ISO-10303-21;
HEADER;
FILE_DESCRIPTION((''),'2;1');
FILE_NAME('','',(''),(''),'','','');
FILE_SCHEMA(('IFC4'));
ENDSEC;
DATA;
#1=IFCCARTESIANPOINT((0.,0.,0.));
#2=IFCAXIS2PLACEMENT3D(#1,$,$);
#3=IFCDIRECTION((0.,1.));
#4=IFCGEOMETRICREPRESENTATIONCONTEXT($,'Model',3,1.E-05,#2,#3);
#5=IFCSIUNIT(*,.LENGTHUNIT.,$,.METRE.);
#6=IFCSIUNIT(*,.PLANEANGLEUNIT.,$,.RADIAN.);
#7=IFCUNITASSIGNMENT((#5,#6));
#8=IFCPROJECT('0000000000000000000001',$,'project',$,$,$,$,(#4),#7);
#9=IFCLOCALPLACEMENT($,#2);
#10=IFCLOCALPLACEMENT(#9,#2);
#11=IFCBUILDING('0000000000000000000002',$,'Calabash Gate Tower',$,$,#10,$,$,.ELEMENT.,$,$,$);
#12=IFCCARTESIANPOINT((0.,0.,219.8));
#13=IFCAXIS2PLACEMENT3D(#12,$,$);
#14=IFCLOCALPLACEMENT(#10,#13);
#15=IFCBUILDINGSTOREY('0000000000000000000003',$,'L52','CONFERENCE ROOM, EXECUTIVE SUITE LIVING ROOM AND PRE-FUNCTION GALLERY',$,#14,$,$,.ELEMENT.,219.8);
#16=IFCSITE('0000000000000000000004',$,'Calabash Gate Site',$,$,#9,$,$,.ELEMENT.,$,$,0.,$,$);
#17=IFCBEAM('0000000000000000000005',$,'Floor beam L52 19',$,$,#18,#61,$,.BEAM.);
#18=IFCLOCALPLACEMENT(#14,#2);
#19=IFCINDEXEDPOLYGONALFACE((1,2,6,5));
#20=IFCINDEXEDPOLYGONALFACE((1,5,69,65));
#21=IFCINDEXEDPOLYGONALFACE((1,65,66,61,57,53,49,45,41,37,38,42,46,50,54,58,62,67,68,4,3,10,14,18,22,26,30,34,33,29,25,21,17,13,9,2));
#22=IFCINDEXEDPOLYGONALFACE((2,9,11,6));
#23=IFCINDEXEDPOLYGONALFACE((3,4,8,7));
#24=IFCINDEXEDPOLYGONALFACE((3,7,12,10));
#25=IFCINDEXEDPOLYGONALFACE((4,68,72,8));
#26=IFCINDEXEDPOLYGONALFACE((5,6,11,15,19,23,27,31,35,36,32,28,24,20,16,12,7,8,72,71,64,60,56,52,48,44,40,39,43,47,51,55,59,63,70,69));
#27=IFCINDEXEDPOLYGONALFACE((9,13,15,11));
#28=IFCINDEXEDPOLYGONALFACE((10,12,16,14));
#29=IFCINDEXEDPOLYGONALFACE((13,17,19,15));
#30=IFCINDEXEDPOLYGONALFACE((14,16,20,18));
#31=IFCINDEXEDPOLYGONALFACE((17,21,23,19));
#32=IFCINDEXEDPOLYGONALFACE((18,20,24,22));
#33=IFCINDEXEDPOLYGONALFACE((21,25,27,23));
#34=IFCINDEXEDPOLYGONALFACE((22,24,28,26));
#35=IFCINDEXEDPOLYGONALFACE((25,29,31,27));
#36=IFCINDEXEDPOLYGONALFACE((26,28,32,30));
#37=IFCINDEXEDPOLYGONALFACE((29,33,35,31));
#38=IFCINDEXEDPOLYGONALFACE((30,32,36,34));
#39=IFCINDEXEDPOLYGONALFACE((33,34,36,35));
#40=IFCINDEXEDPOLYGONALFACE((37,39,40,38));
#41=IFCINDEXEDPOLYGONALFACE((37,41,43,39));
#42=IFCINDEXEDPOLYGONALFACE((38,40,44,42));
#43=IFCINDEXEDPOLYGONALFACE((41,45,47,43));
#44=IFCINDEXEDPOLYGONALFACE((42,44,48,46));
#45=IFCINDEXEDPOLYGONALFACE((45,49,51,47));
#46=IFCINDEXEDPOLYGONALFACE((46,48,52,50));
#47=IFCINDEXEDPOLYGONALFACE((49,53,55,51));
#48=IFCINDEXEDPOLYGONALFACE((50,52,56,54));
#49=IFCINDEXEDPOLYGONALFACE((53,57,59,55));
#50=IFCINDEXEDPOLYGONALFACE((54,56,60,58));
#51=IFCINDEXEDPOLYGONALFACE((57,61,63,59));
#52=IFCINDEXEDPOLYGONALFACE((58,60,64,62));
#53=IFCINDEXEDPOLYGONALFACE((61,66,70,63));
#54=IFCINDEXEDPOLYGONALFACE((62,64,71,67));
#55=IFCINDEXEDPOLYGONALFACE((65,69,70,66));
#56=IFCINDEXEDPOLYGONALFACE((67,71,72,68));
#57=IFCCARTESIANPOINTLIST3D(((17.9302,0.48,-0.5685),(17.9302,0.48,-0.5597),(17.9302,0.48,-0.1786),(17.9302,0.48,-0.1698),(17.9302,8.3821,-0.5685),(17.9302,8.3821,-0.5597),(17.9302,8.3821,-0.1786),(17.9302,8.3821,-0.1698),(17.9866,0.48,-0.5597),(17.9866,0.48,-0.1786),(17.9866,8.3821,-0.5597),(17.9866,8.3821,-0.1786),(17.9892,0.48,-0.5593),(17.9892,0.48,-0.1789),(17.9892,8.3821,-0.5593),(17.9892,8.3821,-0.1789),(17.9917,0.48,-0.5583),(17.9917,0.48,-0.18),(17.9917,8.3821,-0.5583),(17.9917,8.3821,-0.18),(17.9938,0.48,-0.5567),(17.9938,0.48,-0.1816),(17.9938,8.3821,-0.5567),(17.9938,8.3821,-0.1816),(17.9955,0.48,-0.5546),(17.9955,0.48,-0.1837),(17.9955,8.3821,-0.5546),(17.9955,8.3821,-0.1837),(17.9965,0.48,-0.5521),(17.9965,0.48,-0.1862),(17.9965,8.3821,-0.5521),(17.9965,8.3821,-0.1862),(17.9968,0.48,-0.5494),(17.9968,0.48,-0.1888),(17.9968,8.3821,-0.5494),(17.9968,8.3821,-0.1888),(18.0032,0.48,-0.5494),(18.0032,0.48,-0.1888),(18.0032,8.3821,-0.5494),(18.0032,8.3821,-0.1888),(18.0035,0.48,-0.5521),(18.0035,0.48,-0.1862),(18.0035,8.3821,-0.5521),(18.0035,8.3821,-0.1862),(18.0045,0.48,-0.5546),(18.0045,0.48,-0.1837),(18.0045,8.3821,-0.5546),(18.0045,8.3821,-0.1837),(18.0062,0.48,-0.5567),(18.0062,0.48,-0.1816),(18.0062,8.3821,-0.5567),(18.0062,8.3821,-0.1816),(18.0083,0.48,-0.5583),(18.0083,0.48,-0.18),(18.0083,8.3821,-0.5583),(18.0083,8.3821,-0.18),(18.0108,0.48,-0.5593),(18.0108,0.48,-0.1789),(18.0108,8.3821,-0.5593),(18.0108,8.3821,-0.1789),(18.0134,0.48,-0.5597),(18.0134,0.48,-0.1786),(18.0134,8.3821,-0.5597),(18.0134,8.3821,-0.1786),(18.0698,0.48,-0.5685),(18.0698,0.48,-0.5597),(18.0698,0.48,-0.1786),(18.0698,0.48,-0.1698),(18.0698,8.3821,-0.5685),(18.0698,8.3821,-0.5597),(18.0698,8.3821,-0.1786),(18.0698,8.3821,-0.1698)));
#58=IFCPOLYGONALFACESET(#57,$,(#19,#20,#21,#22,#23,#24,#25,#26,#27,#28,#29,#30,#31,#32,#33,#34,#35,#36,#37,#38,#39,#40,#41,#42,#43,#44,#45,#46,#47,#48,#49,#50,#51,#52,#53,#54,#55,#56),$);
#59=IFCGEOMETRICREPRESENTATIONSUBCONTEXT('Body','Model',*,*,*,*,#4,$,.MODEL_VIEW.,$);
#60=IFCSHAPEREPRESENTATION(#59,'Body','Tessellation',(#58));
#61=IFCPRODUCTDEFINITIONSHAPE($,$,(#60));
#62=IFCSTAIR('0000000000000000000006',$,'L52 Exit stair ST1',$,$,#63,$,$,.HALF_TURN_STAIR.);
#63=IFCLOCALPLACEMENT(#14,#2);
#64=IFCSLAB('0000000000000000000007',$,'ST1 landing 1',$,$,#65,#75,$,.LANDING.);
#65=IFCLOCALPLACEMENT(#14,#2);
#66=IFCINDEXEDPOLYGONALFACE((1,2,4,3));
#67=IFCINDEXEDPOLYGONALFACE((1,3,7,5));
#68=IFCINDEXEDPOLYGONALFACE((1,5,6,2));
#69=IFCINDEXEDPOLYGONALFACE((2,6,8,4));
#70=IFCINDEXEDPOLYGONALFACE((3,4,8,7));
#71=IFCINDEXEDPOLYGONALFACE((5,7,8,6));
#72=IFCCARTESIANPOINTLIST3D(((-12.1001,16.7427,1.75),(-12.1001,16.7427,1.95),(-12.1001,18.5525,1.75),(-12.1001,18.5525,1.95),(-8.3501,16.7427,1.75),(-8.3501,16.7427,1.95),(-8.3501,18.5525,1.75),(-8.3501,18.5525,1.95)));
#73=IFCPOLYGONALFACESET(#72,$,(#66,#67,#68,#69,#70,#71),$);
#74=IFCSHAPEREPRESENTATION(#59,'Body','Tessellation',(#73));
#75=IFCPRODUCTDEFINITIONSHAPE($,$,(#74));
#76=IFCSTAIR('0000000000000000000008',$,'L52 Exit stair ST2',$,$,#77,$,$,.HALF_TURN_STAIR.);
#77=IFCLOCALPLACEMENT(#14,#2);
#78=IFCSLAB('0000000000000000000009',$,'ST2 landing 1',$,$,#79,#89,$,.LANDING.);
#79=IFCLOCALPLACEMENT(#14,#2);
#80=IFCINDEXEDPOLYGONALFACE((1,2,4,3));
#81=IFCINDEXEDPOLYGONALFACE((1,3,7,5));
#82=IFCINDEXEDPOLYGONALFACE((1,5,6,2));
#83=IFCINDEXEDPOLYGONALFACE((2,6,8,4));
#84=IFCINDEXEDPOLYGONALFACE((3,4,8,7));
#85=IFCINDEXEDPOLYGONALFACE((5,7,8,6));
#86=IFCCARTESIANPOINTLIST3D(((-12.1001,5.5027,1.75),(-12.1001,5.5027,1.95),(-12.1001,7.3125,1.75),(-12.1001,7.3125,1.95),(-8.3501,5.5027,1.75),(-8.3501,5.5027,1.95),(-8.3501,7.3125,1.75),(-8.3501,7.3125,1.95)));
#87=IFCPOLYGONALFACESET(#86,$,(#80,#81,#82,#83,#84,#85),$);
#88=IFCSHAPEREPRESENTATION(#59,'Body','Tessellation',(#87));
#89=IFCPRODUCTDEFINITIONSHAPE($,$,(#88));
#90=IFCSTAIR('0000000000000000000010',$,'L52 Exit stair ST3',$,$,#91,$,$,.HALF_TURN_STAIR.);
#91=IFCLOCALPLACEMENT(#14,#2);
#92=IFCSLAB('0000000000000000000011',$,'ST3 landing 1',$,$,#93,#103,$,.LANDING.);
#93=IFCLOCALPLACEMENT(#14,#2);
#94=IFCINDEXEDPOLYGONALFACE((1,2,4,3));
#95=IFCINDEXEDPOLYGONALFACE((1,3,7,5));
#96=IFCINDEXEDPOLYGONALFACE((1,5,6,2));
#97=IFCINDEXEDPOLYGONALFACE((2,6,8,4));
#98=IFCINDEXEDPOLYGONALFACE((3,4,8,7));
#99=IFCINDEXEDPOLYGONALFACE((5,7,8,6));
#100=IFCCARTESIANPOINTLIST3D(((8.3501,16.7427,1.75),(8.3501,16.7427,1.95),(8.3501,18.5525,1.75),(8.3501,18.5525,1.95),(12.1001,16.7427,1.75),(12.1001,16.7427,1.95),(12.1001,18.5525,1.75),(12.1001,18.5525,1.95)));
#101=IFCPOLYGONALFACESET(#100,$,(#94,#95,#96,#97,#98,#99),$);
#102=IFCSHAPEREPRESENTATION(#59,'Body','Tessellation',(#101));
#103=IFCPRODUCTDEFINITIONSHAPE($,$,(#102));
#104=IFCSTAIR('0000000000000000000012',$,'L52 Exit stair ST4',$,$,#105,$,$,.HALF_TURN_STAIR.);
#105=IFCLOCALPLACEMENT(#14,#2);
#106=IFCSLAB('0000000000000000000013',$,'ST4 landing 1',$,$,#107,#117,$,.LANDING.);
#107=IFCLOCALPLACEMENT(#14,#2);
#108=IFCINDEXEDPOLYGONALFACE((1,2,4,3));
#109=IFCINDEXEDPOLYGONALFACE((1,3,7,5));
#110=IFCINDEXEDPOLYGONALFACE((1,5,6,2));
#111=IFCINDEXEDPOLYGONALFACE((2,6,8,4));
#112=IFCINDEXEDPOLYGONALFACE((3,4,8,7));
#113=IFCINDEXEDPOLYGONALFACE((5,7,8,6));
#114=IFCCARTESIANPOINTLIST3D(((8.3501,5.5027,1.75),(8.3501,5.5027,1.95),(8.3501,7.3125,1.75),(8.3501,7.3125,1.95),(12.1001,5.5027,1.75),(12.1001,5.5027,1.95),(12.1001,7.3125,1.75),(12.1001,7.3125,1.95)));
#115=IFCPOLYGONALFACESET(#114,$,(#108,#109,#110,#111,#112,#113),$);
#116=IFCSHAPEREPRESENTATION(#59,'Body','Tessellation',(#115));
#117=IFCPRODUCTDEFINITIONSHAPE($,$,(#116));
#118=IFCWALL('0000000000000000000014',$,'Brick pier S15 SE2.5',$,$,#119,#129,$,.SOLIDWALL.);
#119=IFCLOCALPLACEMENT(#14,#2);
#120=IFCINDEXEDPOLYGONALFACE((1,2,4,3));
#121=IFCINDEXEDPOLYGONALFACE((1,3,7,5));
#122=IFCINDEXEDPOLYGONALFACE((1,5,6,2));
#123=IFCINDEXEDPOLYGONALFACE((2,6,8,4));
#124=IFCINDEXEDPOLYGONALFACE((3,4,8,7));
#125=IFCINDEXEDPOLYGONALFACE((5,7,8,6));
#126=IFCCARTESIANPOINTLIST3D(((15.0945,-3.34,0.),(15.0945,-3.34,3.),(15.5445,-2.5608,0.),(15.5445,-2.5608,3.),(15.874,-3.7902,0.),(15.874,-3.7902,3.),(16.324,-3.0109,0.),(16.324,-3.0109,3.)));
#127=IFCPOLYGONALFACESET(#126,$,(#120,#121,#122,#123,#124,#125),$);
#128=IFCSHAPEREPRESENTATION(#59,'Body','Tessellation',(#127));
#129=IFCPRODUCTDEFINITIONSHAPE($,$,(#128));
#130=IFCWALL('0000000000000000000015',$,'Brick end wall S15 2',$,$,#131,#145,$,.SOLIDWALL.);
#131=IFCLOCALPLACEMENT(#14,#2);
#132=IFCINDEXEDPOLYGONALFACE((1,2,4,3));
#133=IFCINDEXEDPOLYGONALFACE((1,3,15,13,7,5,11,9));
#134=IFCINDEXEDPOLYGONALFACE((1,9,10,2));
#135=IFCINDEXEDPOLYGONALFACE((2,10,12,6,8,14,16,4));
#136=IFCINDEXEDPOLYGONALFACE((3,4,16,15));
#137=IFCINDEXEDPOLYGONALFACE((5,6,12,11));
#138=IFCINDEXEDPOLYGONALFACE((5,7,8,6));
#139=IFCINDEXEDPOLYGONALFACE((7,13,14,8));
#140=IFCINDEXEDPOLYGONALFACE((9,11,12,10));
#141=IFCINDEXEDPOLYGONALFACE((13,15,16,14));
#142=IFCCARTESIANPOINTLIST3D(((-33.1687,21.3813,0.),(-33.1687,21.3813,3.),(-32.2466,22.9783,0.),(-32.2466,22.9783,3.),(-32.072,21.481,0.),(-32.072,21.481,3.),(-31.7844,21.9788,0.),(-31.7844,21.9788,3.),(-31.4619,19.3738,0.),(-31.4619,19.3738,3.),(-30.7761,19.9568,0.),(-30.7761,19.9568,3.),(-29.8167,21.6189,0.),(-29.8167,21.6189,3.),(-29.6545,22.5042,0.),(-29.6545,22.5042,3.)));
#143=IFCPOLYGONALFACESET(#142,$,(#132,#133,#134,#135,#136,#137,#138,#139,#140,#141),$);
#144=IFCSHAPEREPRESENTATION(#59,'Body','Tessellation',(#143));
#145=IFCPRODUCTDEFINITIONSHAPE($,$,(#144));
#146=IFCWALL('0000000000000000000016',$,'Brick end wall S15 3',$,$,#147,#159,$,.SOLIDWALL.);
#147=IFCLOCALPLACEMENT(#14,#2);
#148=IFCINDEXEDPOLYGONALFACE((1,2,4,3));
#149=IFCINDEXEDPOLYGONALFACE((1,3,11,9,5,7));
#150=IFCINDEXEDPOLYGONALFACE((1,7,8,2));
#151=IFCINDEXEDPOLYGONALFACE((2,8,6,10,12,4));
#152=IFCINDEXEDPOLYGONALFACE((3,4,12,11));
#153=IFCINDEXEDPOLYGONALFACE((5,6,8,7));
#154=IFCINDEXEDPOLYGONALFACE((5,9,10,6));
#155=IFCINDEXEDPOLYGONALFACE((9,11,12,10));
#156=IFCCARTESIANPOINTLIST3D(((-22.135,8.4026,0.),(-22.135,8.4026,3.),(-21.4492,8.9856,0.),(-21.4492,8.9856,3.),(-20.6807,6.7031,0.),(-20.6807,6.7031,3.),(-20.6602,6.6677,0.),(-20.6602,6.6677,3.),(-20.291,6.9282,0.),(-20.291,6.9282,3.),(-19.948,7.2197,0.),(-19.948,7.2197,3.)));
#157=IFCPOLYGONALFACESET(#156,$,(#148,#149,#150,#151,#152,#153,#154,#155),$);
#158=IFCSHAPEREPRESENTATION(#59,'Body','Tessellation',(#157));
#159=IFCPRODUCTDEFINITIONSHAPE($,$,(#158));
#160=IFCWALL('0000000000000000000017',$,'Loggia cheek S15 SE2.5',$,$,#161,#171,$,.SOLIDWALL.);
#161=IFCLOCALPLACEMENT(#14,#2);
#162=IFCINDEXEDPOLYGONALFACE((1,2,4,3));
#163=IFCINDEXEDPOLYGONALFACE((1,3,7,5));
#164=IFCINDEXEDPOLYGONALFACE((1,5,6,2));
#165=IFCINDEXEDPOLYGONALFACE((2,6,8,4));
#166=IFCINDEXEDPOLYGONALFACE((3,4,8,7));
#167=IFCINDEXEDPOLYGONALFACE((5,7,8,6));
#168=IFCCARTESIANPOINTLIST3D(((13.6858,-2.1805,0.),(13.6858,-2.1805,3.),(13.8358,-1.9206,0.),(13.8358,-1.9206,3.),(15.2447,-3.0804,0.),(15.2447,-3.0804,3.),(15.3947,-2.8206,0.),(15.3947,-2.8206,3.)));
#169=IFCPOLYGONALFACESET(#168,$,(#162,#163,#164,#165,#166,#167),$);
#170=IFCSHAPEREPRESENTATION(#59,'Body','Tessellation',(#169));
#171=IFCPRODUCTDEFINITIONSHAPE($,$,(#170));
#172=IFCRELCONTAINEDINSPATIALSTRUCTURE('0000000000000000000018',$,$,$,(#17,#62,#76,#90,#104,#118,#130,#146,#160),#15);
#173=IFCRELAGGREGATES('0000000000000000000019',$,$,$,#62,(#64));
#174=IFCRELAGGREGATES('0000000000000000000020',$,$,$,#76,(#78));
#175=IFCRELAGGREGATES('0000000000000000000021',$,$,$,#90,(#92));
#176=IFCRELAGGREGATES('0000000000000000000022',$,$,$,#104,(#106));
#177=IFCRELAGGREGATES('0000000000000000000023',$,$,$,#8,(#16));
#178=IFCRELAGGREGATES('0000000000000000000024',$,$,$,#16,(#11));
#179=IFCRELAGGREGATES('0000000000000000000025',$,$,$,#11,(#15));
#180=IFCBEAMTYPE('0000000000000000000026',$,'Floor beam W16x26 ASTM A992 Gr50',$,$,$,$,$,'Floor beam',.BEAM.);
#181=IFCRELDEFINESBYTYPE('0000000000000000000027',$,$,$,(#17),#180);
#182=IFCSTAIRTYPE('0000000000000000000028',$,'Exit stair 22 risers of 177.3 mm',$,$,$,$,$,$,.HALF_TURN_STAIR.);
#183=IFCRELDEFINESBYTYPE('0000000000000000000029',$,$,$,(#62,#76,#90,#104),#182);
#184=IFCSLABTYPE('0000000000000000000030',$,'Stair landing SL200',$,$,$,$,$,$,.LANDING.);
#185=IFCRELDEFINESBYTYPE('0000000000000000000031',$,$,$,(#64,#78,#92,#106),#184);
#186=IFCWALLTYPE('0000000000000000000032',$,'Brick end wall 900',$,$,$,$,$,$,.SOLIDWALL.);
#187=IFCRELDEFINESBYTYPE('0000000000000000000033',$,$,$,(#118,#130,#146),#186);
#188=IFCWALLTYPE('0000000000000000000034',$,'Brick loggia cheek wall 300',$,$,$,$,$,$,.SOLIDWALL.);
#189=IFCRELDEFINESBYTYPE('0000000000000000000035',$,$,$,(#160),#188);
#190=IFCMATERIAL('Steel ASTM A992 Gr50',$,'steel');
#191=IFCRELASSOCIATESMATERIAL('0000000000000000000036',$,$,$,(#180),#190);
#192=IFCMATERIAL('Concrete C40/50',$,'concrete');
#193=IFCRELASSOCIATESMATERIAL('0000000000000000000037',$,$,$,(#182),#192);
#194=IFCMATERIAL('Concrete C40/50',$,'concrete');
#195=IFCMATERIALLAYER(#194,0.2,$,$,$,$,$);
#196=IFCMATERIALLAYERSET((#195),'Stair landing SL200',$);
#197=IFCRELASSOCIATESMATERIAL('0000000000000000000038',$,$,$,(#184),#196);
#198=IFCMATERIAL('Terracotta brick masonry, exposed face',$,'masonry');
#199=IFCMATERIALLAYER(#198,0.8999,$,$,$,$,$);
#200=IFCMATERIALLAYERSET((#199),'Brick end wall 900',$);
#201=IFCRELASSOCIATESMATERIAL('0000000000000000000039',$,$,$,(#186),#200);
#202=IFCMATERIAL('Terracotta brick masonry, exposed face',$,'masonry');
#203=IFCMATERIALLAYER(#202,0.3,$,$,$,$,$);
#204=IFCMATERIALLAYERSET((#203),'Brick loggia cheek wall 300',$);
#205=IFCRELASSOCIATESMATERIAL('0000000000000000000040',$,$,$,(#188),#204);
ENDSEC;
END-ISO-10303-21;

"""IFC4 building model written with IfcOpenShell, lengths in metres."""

from ifc_helpers import new_model, si_unit, direction, frame, frame_2d, origin, origin_2d, place, context, subcontext, project, spatial, polyline, rectangle, i_section, outline, extrude, material, layer, layer_set, material_profile, profile_set, type_object, element, aggregate, save


model = new_model("IFC4")

# Units and contexts
model_context = context("Model", 3, precision=1e-05, world=origin(), true_north=direction((0.0, 1.0)))
body_context = subcontext(model_context, "Body", "Model", "MODEL_VIEW")
ifc_project = project(units=[si_unit("LENGTHUNIT", "METRE"), si_unit("PLANEANGLEUNIT", "RADIAN")], contexts=[model_context])

# Site, building, storey
site_placement = place(None, origin())
site = spatial("IfcSite", under=ifc_project, at=site_placement, Name="Calabash Gate Site", CompositionType="ELEMENT", RefElevation=0.0)
building_placement = place(site_placement, origin())
building = spatial("IfcBuilding", under=site, at=building_placement, Name="Calabash Gate Tower", CompositionType="ELEMENT")
storey_placement = place(building_placement, frame((0.0, 0.0, 219.8)))
storey = spatial("IfcBuildingStorey", under=building, at=storey_placement, Name="L52", Description="CONFERENCE ROOM, EXECUTIVE SUITE LIVING ROOM AND PRE-FUNCTION GALLERY", CompositionType="ELEMENT", Elevation=219.8)

# Beam
ifc_material_1 = material(Name="Steel ASTM A992 Gr50", Category="steel")
ifc_material_profile = material_profile(ifc_material_1, i_section(OverallWidth=0.1396, OverallDepth=0.3987, WebThickness=0.0063, FlangeThickness=0.0088, FilletRadius=0.0103, at=origin_2d()))
ifc_profile_set = profile_set([ifc_material_profile], Name="Steel ASTM A992 Gr50")
beam_type = type_object("IfcBeamType", Name="Floor beam W16x26 ASTM A992 Gr50", ElementType="Floor beam", PredefinedType="BEAM", material=ifc_profile_set)
beam_placement = place(storey_placement, frame((18.0, 0.48, -0.3691), z_axis=(0.0, 1.0, 0.0), x_axis=(-1.0, 0.0, 0.0)))
element("IfcBeam", 1, at=beam_placement, inside=storey, type_object=beam_type, Name="Floor beam L52 19", PredefinedType="BEAM", context=body_context, shape_type="SweptSolid", body=[
    extrude(i_section(OverallWidth=0.1396, OverallDepth=0.3987, WebThickness=0.0063, FlangeThickness=0.0088, FilletRadius=0.0103, at=origin_2d()), origin(), (0.0, 0.0, 1.0), 7.9021),
])

# Stairs, slabs
ifc_material_2 = material(Name="Concrete C40/50", Category="concrete")
stair_type = type_object("IfcStairType", Name="Exit stair 22 risers of 177.3 mm", PredefinedType="HALF_TURN_STAIR", material=ifc_material_2)
stair_1_placement = place(storey_placement, origin())
stair_1 = element("IfcStair", 2, at=stair_1_placement, inside=storey, type_object=stair_type, Name="L52 Exit stair ST1", PredefinedType="HALF_TURN_STAIR")
ifc_material_3 = material(Name="Concrete C40/50", Category="concrete")
ifc_layer_1 = layer(ifc_material_3, 0.2)
ifc_layer_set_1 = layer_set([ifc_layer_1], Name="Stair landing SL200")
slab_type = type_object("IfcSlabType", Name="Stair landing SL200", PredefinedType="LANDING", material=ifc_layer_set_1)
slab_1_placement = place(storey_placement, frame((0.0, 0.0, 1.75)))
slab_1 = element("IfcSlab", 3, at=slab_1_placement, type_object=slab_type, Name="ST1 landing 1", PredefinedType="LANDING", context=body_context, shape_type="SweptSolid", body=[
    extrude(outline(polyline([(-8.3501, 16.7427), (-8.3501, 18.5525), (-12.1001, 18.5525), (-12.1001, 16.7427), (-8.3501, 16.7427)])), origin(), (0.0, 0.0, 1.0), 0.2),
])
aggregate(stair_1, [slab_1])
stair_2_placement = place(storey_placement, origin())
stair_2 = element("IfcStair", 4, at=stair_2_placement, inside=storey, type_object=stair_type, Name="L52 Exit stair ST2", PredefinedType="HALF_TURN_STAIR")
slab_2_placement = place(storey_placement, frame((0.0, 0.0, 1.75)))
slab_2 = element("IfcSlab", 5, at=slab_2_placement, type_object=slab_type, Name="ST2 landing 1", PredefinedType="LANDING", context=body_context, shape_type="SweptSolid", body=[
    extrude(outline(polyline([(-12.1001, 7.3125), (-12.1001, 5.5027), (-8.3501, 5.5027), (-8.3501, 7.3125), (-12.1001, 7.3125)])), origin(), (0.0, 0.0, 1.0), 0.2),
])
aggregate(stair_2, [slab_2])
stair_3_placement = place(storey_placement, origin())
stair_3 = element("IfcStair", 6, at=stair_3_placement, inside=storey, type_object=stair_type, Name="L52 Exit stair ST3", PredefinedType="HALF_TURN_STAIR")
slab_3_placement = place(storey_placement, frame((0.0, 0.0, 1.75)))
slab_3 = element("IfcSlab", 7, at=slab_3_placement, type_object=slab_type, Name="ST3 landing 1", PredefinedType="LANDING", context=body_context, shape_type="SweptSolid", body=[
    extrude(outline(polyline([(12.1001, 16.7427), (12.1001, 18.5525), (8.3501, 18.5525), (8.3501, 16.7427), (12.1001, 16.7427)])), origin(), (0.0, 0.0, 1.0), 0.2),
])
aggregate(stair_3, [slab_3])
stair_4_placement = place(storey_placement, origin())
stair_4 = element("IfcStair", 8, at=stair_4_placement, inside=storey, type_object=stair_type, Name="L52 Exit stair ST4", PredefinedType="HALF_TURN_STAIR")
slab_4_placement = place(storey_placement, frame((0.0, 0.0, 1.75)))
slab_4 = element("IfcSlab", 9, at=slab_4_placement, type_object=slab_type, Name="ST4 landing 1", PredefinedType="LANDING", context=body_context, shape_type="SweptSolid", body=[
    extrude(outline(polyline([(8.3501, 7.3125), (8.3501, 5.5027), (12.1001, 5.5027), (12.1001, 7.3125), (8.3501, 7.3125)])), origin(), (0.0, 0.0, 1.0), 0.2),
])
aggregate(stair_4, [slab_4])

# Walls
ifc_material_4 = material(Name="Terracotta brick masonry, exposed face", Category="masonry")
ifc_layer_2 = layer(ifc_material_4, 0.8999)
ifc_layer_set_2 = layer_set([ifc_layer_2], Name="Brick end wall 900")
wall_type_1 = type_object("IfcWallType", Name="Brick end wall 900", PredefinedType="SOLIDWALL", material=ifc_layer_set_2)
wall_1_placement = place(storey_placement, frame((16.0991, -3.4006, 0.0), z_axis=(0.0, 0.0, 1.0), x_axis=(-0.865964, 0.500106, 0.0)))
element("IfcWall", 10, at=wall_1_placement, inside=storey, type_object=wall_type_1, Name="Brick pier S15 SE2.5", PredefinedType="SOLIDWALL", context=body_context, shape_type="SweptSolid", body=[
    extrude(rectangle(XDim=0.9001, YDim=0.8999, at=frame_2d((0.4502, 0.0))), origin(), (0.0, 0.0, 1.0), 3.0),
])
wall_2_placement = place(storey_placement, origin())
element("IfcWall", 11, at=wall_2_placement, inside=storey, type_object=wall_type_1, Name="Brick end wall S15 2", PredefinedType="SOLIDWALL", context=body_context, shape_type="SweptSolid", body=[
    extrude(outline(polyline([(-31.7844, 21.9788), (-29.8167, 21.6189), (-29.6545, 22.5042), (-32.2466, 22.9783), (-33.1687, 21.3813), (-31.4619, 19.3738), (-30.7761, 19.9568), (-32.072, 21.481), (-31.7844, 21.9788)])), origin(), (0.0, 0.0, 1.0), 3.0),
])
wall_3_placement = place(storey_placement, origin())
element("IfcWall", 12, at=wall_3_placement, inside=storey, type_object=wall_type_1, Name="Brick end wall S15 3", PredefinedType="SOLIDWALL", context=body_context, shape_type="SweptSolid", body=[
    extrude(outline(polyline([(-19.948, 7.2197), (-21.4492, 8.9856), (-22.135, 8.4026), (-20.6602, 6.6677), (-20.6807, 6.7031), (-20.291, 6.9282), (-19.948, 7.2197)])), origin(), (0.0, 0.0, 1.0), 3.0),
])
ifc_material_5 = material(Name="Terracotta brick masonry, exposed face", Category="masonry")
ifc_layer_3 = layer(ifc_material_5, 0.3)
ifc_layer_set_3 = layer_set([ifc_layer_3], Name="Brick loggia cheek wall 300")
wall_type_2 = type_object("IfcWallType", Name="Brick loggia cheek wall 300", PredefinedType="SOLIDWALL", material=ifc_layer_set_3)
wall_4_placement = place(storey_placement, frame((15.3196, -2.9504, 0.0), z_axis=(0.0, 0.0, 1.0), x_axis=(-0.866048, 0.499961, 0.0)))
element("IfcWall", 13, at=wall_4_placement, inside=storey, type_object=wall_type_2, Name="Loggia cheek S15 SE2.5", PredefinedType="SOLIDWALL", context=body_context, shape_type="SweptSolid", body=[
    extrude(rectangle(XDim=1.8, YDim=0.3, at=frame_2d((0.8999, 0.0))), origin(), (0.0, 0.0, 1.0), 3.0),
])

save(model, "model.ifc")
